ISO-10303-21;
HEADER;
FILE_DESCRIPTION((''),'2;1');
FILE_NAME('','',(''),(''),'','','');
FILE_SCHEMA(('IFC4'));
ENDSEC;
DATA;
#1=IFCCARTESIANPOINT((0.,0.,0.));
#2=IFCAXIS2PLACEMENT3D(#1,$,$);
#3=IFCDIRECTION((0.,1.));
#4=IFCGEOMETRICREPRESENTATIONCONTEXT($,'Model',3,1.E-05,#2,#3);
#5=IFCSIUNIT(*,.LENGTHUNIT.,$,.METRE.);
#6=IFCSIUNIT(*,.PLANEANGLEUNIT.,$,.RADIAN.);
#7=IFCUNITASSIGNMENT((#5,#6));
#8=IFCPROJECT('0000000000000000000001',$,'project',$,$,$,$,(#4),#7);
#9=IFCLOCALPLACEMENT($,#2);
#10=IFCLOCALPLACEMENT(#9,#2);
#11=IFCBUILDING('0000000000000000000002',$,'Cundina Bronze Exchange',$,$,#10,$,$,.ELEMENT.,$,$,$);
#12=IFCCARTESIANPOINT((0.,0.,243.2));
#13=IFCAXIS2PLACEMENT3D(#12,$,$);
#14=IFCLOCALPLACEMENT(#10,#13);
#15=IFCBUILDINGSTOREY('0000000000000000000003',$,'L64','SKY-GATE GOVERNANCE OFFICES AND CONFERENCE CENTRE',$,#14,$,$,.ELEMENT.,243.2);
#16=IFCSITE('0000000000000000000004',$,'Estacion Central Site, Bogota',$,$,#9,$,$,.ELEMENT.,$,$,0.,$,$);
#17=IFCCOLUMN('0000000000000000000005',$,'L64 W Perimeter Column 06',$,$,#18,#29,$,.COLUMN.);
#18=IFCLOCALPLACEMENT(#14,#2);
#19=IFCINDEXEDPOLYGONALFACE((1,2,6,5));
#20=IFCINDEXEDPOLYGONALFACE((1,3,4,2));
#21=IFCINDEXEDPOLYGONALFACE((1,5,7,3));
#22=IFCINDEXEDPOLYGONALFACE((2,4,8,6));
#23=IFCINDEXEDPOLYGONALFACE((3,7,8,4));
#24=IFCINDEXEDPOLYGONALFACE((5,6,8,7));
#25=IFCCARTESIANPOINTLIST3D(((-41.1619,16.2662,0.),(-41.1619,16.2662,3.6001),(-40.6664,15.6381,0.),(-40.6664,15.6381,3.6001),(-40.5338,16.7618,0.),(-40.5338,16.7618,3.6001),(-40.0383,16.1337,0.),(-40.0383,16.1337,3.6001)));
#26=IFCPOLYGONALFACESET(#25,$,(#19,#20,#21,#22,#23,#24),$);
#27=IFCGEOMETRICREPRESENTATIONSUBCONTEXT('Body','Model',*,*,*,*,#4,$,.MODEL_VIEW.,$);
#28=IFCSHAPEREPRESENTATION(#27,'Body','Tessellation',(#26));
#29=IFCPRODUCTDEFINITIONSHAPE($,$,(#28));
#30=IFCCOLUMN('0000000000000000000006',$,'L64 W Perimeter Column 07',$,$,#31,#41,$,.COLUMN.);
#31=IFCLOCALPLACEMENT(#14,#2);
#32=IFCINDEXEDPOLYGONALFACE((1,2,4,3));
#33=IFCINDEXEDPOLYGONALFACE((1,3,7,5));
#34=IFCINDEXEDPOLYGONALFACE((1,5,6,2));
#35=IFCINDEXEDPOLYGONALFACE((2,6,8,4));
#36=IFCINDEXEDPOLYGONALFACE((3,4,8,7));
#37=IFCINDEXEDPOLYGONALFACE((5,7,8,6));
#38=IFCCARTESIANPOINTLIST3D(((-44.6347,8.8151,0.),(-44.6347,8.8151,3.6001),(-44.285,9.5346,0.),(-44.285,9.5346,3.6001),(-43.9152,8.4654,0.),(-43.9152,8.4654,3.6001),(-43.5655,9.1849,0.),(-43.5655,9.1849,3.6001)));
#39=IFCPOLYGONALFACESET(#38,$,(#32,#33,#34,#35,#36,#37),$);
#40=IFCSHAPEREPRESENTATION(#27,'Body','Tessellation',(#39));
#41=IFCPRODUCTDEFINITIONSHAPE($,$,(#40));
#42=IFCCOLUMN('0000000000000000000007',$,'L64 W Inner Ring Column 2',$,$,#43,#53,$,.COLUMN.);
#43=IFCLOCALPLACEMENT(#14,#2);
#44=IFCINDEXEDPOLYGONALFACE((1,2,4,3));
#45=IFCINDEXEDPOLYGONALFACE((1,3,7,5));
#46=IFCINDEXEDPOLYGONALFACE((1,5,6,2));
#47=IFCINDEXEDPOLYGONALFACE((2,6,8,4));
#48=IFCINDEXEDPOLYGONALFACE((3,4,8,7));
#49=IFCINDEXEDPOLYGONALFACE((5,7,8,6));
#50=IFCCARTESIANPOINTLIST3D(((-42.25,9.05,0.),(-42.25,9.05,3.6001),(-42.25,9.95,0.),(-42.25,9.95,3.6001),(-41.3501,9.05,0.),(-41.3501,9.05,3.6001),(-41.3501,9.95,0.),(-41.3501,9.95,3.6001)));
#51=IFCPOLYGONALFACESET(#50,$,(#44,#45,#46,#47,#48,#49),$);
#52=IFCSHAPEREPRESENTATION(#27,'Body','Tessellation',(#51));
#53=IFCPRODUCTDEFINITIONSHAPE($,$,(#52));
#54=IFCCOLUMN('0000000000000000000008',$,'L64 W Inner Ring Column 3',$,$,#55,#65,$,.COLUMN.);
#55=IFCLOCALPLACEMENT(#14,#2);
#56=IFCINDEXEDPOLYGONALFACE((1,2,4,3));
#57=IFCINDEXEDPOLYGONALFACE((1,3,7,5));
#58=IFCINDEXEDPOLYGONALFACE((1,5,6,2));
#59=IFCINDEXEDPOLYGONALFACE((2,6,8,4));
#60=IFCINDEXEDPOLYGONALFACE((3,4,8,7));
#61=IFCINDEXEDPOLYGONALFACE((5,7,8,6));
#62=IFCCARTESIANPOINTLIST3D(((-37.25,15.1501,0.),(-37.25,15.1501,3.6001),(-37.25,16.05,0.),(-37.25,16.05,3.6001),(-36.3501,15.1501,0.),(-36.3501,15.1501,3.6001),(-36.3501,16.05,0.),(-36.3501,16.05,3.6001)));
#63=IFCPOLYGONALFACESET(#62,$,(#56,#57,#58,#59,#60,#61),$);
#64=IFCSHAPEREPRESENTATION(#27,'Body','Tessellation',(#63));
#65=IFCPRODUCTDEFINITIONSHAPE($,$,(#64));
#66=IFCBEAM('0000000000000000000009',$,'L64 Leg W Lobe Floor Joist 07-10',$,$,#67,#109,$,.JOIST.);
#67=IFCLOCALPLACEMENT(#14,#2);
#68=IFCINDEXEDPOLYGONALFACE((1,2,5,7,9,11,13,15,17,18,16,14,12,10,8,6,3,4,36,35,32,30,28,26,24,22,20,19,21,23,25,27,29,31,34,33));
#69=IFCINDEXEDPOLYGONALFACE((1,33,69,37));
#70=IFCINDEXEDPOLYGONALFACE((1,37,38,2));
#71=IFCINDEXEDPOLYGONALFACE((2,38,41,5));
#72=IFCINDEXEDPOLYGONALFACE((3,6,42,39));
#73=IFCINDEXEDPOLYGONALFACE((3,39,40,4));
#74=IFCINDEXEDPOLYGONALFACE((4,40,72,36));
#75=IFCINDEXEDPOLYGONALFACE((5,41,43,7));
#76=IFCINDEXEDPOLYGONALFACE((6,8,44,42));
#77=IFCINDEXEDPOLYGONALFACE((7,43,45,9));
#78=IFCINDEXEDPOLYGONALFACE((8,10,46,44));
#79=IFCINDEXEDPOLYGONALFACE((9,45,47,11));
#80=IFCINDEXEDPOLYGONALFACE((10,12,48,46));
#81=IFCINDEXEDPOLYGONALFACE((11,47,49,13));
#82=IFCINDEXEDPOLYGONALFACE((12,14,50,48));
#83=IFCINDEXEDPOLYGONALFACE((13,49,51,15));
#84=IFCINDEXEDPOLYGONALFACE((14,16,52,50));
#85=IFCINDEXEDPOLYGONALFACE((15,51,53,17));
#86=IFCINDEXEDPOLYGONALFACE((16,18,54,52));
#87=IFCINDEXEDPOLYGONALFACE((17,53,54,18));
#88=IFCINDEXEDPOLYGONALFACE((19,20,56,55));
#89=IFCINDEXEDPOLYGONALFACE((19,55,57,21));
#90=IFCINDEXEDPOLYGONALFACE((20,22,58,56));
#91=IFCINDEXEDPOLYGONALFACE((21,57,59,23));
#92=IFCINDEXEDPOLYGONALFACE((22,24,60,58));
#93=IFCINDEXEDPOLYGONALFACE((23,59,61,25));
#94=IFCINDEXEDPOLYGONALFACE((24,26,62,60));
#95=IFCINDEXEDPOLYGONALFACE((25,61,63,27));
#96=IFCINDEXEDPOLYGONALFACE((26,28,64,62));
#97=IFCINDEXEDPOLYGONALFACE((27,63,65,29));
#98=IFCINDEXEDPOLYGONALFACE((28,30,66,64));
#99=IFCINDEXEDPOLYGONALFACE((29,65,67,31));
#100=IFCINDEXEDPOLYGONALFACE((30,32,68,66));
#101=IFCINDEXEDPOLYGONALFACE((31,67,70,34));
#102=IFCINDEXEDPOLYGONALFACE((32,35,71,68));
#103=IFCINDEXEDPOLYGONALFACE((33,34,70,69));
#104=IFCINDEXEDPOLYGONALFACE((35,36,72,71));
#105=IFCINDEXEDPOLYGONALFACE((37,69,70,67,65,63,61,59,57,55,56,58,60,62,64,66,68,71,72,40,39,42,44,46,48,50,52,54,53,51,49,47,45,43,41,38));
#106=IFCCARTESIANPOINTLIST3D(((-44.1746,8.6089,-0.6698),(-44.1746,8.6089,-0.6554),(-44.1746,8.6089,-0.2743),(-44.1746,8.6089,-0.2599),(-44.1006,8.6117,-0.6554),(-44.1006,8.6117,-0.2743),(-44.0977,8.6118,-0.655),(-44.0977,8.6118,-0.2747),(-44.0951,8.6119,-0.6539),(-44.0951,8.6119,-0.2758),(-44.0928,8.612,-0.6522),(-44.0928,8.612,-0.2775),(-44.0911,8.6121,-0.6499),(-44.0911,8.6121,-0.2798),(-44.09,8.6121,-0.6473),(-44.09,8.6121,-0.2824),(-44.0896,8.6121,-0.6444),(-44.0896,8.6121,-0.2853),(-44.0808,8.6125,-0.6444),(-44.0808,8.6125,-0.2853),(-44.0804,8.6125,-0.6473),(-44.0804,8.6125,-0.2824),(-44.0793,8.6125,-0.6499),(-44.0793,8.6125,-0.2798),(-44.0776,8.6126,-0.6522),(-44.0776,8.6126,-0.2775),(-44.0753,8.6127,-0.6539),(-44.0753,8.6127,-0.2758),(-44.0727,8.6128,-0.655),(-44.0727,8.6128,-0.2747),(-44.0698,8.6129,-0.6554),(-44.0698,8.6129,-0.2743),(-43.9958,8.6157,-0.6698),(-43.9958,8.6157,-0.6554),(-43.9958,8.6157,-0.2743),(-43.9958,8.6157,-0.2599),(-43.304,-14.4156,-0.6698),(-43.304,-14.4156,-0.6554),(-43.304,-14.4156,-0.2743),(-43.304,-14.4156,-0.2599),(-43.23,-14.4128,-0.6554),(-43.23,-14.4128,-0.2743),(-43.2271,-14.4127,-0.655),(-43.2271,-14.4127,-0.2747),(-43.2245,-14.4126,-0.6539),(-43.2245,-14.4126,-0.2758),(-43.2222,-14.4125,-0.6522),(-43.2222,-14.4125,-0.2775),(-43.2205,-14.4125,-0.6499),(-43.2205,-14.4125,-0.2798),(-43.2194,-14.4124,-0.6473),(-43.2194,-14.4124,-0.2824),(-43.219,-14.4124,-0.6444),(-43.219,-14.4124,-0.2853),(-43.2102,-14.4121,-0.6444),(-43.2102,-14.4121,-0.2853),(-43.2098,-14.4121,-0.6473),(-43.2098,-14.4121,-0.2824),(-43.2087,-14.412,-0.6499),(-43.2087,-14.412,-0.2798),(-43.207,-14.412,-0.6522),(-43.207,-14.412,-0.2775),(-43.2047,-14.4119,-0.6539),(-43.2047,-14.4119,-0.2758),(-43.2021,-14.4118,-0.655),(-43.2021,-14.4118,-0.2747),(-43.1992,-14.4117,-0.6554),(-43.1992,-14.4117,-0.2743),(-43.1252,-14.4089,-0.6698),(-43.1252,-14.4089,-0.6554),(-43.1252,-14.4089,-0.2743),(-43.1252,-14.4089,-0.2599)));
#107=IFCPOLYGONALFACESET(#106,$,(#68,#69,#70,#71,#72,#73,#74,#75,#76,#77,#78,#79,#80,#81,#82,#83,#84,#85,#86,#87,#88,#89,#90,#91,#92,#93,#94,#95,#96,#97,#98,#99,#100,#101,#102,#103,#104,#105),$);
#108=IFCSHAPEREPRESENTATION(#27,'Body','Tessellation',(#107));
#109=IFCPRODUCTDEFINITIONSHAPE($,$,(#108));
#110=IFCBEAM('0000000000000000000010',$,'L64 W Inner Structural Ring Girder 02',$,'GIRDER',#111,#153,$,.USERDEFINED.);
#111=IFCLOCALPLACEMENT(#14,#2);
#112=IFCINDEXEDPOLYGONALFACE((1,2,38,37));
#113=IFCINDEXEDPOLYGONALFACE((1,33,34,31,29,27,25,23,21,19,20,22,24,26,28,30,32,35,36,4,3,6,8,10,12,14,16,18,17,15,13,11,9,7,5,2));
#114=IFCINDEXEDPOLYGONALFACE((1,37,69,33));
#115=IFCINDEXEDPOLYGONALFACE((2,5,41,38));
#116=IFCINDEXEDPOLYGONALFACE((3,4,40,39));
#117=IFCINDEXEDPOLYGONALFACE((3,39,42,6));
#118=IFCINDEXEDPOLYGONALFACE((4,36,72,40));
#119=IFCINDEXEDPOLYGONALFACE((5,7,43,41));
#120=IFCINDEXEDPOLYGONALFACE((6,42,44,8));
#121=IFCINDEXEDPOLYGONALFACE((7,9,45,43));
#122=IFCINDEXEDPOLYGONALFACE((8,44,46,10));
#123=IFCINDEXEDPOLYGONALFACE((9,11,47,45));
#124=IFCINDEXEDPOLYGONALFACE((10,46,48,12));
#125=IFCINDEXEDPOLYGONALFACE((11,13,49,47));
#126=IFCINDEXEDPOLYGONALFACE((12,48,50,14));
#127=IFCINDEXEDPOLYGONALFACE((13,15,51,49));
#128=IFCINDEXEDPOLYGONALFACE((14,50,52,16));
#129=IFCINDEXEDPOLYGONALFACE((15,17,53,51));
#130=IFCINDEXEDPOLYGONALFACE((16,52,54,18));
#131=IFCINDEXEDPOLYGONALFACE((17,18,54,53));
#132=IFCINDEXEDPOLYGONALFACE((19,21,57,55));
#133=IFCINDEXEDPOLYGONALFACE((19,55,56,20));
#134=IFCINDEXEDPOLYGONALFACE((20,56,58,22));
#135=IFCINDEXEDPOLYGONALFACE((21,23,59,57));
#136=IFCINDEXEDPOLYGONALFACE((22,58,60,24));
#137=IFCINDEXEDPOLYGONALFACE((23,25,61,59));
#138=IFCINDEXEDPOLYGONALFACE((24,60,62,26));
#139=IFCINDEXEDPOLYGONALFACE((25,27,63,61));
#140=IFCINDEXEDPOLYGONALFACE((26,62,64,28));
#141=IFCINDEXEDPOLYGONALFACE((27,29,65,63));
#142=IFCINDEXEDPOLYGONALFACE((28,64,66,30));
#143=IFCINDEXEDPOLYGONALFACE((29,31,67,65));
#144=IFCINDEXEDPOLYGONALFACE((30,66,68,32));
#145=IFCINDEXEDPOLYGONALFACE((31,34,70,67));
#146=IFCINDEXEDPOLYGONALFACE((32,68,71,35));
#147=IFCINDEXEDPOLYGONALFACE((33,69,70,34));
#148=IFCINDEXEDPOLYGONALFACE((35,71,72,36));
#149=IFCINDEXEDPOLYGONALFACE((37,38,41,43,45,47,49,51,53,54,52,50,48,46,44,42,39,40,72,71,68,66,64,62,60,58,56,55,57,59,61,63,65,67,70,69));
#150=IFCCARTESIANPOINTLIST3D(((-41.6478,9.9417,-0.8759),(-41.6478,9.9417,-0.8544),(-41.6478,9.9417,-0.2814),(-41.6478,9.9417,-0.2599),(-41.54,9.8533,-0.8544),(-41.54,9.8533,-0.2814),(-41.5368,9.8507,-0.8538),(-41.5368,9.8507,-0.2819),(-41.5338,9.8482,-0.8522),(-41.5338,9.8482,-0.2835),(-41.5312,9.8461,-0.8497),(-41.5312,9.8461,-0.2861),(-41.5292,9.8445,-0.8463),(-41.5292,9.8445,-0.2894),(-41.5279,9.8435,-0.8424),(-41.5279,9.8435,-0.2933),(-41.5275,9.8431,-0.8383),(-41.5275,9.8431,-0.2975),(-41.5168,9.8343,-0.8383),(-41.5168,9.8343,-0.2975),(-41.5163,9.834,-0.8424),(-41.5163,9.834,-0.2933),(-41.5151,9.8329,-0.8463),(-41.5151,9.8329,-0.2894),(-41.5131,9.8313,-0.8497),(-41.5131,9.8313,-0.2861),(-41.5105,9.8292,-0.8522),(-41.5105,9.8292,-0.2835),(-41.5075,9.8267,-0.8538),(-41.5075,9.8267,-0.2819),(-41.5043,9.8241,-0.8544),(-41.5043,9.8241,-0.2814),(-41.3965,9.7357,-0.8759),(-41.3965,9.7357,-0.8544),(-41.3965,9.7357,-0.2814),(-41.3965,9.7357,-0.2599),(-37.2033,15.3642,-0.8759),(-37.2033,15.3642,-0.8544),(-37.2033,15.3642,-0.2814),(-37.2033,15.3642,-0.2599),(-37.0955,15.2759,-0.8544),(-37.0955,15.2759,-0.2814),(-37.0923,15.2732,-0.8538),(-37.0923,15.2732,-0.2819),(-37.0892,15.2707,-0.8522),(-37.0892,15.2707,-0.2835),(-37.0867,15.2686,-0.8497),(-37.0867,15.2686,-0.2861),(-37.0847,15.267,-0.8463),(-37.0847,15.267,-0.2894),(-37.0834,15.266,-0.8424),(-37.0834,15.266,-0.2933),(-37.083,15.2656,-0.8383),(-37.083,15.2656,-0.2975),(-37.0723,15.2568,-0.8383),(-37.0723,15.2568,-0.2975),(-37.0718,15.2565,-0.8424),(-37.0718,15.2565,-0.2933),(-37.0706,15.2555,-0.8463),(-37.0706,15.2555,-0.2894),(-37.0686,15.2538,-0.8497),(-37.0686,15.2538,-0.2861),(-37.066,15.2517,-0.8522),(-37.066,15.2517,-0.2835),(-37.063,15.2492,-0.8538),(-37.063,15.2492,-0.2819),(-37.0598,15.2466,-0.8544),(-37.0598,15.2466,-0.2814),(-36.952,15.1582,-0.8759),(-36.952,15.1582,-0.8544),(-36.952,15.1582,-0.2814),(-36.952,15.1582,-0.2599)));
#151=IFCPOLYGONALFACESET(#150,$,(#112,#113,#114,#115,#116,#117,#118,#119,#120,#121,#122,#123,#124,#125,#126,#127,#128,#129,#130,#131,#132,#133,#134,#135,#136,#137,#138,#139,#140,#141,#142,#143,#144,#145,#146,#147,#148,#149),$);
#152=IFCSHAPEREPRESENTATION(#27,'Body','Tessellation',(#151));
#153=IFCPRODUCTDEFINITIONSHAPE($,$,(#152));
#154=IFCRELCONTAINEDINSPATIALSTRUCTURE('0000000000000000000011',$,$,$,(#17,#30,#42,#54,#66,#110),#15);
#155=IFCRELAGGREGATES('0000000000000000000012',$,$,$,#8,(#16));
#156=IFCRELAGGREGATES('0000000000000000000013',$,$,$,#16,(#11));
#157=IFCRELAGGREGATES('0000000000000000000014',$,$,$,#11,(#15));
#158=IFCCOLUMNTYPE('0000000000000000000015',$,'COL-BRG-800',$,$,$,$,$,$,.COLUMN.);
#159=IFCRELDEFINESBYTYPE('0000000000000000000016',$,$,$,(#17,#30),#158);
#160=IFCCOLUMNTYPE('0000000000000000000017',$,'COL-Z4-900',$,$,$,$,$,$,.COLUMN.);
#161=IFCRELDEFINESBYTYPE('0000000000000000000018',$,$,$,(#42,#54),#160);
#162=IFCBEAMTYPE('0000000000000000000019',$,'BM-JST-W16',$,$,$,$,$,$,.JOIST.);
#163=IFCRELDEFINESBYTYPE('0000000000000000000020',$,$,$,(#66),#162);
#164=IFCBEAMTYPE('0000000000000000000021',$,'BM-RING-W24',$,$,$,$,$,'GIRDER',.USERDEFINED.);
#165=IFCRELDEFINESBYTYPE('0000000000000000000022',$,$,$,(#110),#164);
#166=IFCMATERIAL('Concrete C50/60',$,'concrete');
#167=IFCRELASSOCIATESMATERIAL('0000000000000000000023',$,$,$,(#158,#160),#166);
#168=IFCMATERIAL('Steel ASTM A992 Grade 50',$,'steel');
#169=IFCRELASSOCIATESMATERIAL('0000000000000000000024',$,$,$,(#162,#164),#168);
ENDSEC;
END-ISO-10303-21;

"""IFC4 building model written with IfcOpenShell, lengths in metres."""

from ifc_helpers import new_model, si_unit, direction, frame, origin, origin_2d, place, context, subcontext, project, spatial, rectangle, i_section, extrude, material, material_profile, profile_set, type_object, element, save


model = new_model("IFC4")

# Units and contexts
model_context = context("Model", 3, precision=1e-05, world=origin(), true_north=direction((0.0, 1.0)))
body_context = subcontext(model_context, "Body", "Model", "MODEL_VIEW")
ifc_project = project(units=[si_unit("LENGTHUNIT", "METRE"), si_unit("PLANEANGLEUNIT", "RADIAN")], contexts=[model_context])

# Site, building, storey
site_placement = place(None, origin())
site = spatial("IfcSite", under=ifc_project, at=site_placement, Name="Estacion Central Site, Bogota", CompositionType="ELEMENT", RefElevation=0.0)
building_placement = place(site_placement, origin())
building = spatial("IfcBuilding", under=site, at=building_placement, Name="Cundina Bronze Exchange", CompositionType="ELEMENT")
storey_placement = place(building_placement, frame((0.0, 0.0, 243.2)))
storey = spatial("IfcBuildingStorey", under=building, at=storey_placement, Name="L64", Description="SKY-GATE GOVERNANCE OFFICES AND CONFERENCE CENTRE", CompositionType="ELEMENT", Elevation=243.2)

# Columns
ifc_material_1 = material(Name="Concrete C50/60", Category="concrete")
ifc_material_profile_1 = material_profile(ifc_material_1, rectangle(XDim=0.8, YDim=0.8, at=origin_2d()), Name="RC800X800", Category="concrete")
ifc_profile_set_1 = profile_set([ifc_material_profile_1], Name="Concrete C50/60")
column_type_1 = type_object("IfcColumnType", Name="COL-BRG-800", PredefinedType="COLUMN", material=ifc_profile_set_1)
for number, where, z_axis, x_axis, name in (
    (1, (-40.6001, 16.2, 0.0), (0.0, 0.0, 1.0), (-0.785101, -0.619368, 0.0), "L64 W Perimeter Column 06"),
    (2, (-44.1001, 9.0, 0.0), (0.0, 0.0, 1.0), (-0.437116, -0.899405, 0.0), "L64 W Perimeter Column 07"),
):
    element("IfcColumn", number, at=place(storey_placement, frame(where, z_axis=z_axis, x_axis=x_axis)), inside=storey, type_object=column_type_1, Name=name, PredefinedType="COLUMN", context=body_context, shape_type="SweptSolid", body=[
        extrude(rectangle(XDim=0.8, YDim=0.8, at=origin_2d()), origin(), (0.0, 0.0, 1.0), 3.6001),
    ])
ifc_material_profile_2 = material_profile(ifc_material_1, rectangle(XDim=0.8999, YDim=0.8999, at=origin_2d()), Name="RC900X900", Category="concrete")
ifc_profile_set_2 = profile_set([ifc_material_profile_2], Name="Concrete C50/60")
column_type_2 = type_object("IfcColumnType", Name="COL-Z4-900", PredefinedType="COLUMN", material=ifc_profile_set_2)
for number, where, z_axis, x_axis, name in (
    (3, (-41.8, 9.5, 0.0), (0.0, 0.0, 1.0), (1.0, 0.0, 0.0), "L64 W Inner Ring Column 2"),
    (4, (-36.8, 15.6001, 0.0), (0.0, 0.0, 1.0), (1.0, 0.0, 0.0), "L64 W Inner Ring Column 3"),
):
    element("IfcColumn", number, at=place(storey_placement, frame(where, z_axis=z_axis, x_axis=x_axis)), inside=storey, type_object=column_type_2, Name=name, PredefinedType="COLUMN", context=body_context, shape_type="SweptSolid", body=[
        extrude(rectangle(XDim=0.8999, YDim=0.8999, at=origin_2d()), origin(), (0.0, 0.0, 1.0), 3.6001),
    ])

# Beams
ifc_material_2 = material(Name="Steel ASTM A992 Grade 50", Category="steel")
ifc_material_profile_3 = material_profile(ifc_material_2, i_section(OverallWidth=0.179, OverallDepth=0.4099, WebThickness=0.0088, FlangeThickness=0.0144, FilletRadius=0.011, at=origin_2d()), Name="W16X45", Category="steel")
ifc_profile_set_3 = profile_set([ifc_material_profile_3], Name="Steel ASTM A992 Grade 50")
beam_type_1 = type_object("IfcBeamType", Name="BM-JST-W16", PredefinedType="JOIST", material=ifc_profile_set_3)
beam_1_placement = place(storey_placement, frame((-44.0852, 8.6123, -0.4648), z_axis=(0.037785, -0.999286, 0.0), x_axis=(0.999286, 0.037785, 0.0)))
element("IfcBeam", 5, at=beam_1_placement, inside=storey, type_object=beam_type_1, Name="L64 Leg W Lobe Floor Joist 07-10", PredefinedType="JOIST", context=body_context, shape_type="SweptSolid", body=[
    extrude(i_section(OverallWidth=0.179, OverallDepth=0.4099, WebThickness=0.0088, FlangeThickness=0.0144, FilletRadius=0.011, at=origin_2d()), origin(), (0.0, 0.0, 1.0), 23.041),
])
ifc_material_profile_4 = material_profile(ifc_material_2, i_section(OverallWidth=0.325, OverallDepth=0.616, WebThickness=0.0139, FlangeThickness=0.0215, FilletRadius=0.0161, at=origin_2d()), Name="W24X117", Category="steel")
ifc_profile_set_4 = profile_set([ifc_material_profile_4], Name="Steel ASTM A992 Grade 50")
beam_type_2 = type_object("IfcBeamType", Name="BM-RING-W24", ElementType="GIRDER", PredefinedType="USERDEFINED", material=ifc_profile_set_4)
beam_2_placement = place(storey_placement, frame((-37.0776, 15.2612, -0.5679), z_axis=(-0.633913, -0.773405, 0.0), x_axis=(0.773405, -0.633913, 0.0)))
element("IfcBeam", 6, at=beam_2_placement, inside=storey, type_object=beam_type_2, Name="L64 W Inner Structural Ring Girder 02", ObjectType="GIRDER", PredefinedType="USERDEFINED", context=body_context, shape_type="SweptSolid", body=[
    extrude(i_section(OverallWidth=0.325, OverallDepth=0.616, WebThickness=0.0139, FlangeThickness=0.0215, FilletRadius=0.0161, at=origin_2d()), origin(), (0.0, 0.0, 1.0), 7.0112),
])

save(model, "model.ifc")
